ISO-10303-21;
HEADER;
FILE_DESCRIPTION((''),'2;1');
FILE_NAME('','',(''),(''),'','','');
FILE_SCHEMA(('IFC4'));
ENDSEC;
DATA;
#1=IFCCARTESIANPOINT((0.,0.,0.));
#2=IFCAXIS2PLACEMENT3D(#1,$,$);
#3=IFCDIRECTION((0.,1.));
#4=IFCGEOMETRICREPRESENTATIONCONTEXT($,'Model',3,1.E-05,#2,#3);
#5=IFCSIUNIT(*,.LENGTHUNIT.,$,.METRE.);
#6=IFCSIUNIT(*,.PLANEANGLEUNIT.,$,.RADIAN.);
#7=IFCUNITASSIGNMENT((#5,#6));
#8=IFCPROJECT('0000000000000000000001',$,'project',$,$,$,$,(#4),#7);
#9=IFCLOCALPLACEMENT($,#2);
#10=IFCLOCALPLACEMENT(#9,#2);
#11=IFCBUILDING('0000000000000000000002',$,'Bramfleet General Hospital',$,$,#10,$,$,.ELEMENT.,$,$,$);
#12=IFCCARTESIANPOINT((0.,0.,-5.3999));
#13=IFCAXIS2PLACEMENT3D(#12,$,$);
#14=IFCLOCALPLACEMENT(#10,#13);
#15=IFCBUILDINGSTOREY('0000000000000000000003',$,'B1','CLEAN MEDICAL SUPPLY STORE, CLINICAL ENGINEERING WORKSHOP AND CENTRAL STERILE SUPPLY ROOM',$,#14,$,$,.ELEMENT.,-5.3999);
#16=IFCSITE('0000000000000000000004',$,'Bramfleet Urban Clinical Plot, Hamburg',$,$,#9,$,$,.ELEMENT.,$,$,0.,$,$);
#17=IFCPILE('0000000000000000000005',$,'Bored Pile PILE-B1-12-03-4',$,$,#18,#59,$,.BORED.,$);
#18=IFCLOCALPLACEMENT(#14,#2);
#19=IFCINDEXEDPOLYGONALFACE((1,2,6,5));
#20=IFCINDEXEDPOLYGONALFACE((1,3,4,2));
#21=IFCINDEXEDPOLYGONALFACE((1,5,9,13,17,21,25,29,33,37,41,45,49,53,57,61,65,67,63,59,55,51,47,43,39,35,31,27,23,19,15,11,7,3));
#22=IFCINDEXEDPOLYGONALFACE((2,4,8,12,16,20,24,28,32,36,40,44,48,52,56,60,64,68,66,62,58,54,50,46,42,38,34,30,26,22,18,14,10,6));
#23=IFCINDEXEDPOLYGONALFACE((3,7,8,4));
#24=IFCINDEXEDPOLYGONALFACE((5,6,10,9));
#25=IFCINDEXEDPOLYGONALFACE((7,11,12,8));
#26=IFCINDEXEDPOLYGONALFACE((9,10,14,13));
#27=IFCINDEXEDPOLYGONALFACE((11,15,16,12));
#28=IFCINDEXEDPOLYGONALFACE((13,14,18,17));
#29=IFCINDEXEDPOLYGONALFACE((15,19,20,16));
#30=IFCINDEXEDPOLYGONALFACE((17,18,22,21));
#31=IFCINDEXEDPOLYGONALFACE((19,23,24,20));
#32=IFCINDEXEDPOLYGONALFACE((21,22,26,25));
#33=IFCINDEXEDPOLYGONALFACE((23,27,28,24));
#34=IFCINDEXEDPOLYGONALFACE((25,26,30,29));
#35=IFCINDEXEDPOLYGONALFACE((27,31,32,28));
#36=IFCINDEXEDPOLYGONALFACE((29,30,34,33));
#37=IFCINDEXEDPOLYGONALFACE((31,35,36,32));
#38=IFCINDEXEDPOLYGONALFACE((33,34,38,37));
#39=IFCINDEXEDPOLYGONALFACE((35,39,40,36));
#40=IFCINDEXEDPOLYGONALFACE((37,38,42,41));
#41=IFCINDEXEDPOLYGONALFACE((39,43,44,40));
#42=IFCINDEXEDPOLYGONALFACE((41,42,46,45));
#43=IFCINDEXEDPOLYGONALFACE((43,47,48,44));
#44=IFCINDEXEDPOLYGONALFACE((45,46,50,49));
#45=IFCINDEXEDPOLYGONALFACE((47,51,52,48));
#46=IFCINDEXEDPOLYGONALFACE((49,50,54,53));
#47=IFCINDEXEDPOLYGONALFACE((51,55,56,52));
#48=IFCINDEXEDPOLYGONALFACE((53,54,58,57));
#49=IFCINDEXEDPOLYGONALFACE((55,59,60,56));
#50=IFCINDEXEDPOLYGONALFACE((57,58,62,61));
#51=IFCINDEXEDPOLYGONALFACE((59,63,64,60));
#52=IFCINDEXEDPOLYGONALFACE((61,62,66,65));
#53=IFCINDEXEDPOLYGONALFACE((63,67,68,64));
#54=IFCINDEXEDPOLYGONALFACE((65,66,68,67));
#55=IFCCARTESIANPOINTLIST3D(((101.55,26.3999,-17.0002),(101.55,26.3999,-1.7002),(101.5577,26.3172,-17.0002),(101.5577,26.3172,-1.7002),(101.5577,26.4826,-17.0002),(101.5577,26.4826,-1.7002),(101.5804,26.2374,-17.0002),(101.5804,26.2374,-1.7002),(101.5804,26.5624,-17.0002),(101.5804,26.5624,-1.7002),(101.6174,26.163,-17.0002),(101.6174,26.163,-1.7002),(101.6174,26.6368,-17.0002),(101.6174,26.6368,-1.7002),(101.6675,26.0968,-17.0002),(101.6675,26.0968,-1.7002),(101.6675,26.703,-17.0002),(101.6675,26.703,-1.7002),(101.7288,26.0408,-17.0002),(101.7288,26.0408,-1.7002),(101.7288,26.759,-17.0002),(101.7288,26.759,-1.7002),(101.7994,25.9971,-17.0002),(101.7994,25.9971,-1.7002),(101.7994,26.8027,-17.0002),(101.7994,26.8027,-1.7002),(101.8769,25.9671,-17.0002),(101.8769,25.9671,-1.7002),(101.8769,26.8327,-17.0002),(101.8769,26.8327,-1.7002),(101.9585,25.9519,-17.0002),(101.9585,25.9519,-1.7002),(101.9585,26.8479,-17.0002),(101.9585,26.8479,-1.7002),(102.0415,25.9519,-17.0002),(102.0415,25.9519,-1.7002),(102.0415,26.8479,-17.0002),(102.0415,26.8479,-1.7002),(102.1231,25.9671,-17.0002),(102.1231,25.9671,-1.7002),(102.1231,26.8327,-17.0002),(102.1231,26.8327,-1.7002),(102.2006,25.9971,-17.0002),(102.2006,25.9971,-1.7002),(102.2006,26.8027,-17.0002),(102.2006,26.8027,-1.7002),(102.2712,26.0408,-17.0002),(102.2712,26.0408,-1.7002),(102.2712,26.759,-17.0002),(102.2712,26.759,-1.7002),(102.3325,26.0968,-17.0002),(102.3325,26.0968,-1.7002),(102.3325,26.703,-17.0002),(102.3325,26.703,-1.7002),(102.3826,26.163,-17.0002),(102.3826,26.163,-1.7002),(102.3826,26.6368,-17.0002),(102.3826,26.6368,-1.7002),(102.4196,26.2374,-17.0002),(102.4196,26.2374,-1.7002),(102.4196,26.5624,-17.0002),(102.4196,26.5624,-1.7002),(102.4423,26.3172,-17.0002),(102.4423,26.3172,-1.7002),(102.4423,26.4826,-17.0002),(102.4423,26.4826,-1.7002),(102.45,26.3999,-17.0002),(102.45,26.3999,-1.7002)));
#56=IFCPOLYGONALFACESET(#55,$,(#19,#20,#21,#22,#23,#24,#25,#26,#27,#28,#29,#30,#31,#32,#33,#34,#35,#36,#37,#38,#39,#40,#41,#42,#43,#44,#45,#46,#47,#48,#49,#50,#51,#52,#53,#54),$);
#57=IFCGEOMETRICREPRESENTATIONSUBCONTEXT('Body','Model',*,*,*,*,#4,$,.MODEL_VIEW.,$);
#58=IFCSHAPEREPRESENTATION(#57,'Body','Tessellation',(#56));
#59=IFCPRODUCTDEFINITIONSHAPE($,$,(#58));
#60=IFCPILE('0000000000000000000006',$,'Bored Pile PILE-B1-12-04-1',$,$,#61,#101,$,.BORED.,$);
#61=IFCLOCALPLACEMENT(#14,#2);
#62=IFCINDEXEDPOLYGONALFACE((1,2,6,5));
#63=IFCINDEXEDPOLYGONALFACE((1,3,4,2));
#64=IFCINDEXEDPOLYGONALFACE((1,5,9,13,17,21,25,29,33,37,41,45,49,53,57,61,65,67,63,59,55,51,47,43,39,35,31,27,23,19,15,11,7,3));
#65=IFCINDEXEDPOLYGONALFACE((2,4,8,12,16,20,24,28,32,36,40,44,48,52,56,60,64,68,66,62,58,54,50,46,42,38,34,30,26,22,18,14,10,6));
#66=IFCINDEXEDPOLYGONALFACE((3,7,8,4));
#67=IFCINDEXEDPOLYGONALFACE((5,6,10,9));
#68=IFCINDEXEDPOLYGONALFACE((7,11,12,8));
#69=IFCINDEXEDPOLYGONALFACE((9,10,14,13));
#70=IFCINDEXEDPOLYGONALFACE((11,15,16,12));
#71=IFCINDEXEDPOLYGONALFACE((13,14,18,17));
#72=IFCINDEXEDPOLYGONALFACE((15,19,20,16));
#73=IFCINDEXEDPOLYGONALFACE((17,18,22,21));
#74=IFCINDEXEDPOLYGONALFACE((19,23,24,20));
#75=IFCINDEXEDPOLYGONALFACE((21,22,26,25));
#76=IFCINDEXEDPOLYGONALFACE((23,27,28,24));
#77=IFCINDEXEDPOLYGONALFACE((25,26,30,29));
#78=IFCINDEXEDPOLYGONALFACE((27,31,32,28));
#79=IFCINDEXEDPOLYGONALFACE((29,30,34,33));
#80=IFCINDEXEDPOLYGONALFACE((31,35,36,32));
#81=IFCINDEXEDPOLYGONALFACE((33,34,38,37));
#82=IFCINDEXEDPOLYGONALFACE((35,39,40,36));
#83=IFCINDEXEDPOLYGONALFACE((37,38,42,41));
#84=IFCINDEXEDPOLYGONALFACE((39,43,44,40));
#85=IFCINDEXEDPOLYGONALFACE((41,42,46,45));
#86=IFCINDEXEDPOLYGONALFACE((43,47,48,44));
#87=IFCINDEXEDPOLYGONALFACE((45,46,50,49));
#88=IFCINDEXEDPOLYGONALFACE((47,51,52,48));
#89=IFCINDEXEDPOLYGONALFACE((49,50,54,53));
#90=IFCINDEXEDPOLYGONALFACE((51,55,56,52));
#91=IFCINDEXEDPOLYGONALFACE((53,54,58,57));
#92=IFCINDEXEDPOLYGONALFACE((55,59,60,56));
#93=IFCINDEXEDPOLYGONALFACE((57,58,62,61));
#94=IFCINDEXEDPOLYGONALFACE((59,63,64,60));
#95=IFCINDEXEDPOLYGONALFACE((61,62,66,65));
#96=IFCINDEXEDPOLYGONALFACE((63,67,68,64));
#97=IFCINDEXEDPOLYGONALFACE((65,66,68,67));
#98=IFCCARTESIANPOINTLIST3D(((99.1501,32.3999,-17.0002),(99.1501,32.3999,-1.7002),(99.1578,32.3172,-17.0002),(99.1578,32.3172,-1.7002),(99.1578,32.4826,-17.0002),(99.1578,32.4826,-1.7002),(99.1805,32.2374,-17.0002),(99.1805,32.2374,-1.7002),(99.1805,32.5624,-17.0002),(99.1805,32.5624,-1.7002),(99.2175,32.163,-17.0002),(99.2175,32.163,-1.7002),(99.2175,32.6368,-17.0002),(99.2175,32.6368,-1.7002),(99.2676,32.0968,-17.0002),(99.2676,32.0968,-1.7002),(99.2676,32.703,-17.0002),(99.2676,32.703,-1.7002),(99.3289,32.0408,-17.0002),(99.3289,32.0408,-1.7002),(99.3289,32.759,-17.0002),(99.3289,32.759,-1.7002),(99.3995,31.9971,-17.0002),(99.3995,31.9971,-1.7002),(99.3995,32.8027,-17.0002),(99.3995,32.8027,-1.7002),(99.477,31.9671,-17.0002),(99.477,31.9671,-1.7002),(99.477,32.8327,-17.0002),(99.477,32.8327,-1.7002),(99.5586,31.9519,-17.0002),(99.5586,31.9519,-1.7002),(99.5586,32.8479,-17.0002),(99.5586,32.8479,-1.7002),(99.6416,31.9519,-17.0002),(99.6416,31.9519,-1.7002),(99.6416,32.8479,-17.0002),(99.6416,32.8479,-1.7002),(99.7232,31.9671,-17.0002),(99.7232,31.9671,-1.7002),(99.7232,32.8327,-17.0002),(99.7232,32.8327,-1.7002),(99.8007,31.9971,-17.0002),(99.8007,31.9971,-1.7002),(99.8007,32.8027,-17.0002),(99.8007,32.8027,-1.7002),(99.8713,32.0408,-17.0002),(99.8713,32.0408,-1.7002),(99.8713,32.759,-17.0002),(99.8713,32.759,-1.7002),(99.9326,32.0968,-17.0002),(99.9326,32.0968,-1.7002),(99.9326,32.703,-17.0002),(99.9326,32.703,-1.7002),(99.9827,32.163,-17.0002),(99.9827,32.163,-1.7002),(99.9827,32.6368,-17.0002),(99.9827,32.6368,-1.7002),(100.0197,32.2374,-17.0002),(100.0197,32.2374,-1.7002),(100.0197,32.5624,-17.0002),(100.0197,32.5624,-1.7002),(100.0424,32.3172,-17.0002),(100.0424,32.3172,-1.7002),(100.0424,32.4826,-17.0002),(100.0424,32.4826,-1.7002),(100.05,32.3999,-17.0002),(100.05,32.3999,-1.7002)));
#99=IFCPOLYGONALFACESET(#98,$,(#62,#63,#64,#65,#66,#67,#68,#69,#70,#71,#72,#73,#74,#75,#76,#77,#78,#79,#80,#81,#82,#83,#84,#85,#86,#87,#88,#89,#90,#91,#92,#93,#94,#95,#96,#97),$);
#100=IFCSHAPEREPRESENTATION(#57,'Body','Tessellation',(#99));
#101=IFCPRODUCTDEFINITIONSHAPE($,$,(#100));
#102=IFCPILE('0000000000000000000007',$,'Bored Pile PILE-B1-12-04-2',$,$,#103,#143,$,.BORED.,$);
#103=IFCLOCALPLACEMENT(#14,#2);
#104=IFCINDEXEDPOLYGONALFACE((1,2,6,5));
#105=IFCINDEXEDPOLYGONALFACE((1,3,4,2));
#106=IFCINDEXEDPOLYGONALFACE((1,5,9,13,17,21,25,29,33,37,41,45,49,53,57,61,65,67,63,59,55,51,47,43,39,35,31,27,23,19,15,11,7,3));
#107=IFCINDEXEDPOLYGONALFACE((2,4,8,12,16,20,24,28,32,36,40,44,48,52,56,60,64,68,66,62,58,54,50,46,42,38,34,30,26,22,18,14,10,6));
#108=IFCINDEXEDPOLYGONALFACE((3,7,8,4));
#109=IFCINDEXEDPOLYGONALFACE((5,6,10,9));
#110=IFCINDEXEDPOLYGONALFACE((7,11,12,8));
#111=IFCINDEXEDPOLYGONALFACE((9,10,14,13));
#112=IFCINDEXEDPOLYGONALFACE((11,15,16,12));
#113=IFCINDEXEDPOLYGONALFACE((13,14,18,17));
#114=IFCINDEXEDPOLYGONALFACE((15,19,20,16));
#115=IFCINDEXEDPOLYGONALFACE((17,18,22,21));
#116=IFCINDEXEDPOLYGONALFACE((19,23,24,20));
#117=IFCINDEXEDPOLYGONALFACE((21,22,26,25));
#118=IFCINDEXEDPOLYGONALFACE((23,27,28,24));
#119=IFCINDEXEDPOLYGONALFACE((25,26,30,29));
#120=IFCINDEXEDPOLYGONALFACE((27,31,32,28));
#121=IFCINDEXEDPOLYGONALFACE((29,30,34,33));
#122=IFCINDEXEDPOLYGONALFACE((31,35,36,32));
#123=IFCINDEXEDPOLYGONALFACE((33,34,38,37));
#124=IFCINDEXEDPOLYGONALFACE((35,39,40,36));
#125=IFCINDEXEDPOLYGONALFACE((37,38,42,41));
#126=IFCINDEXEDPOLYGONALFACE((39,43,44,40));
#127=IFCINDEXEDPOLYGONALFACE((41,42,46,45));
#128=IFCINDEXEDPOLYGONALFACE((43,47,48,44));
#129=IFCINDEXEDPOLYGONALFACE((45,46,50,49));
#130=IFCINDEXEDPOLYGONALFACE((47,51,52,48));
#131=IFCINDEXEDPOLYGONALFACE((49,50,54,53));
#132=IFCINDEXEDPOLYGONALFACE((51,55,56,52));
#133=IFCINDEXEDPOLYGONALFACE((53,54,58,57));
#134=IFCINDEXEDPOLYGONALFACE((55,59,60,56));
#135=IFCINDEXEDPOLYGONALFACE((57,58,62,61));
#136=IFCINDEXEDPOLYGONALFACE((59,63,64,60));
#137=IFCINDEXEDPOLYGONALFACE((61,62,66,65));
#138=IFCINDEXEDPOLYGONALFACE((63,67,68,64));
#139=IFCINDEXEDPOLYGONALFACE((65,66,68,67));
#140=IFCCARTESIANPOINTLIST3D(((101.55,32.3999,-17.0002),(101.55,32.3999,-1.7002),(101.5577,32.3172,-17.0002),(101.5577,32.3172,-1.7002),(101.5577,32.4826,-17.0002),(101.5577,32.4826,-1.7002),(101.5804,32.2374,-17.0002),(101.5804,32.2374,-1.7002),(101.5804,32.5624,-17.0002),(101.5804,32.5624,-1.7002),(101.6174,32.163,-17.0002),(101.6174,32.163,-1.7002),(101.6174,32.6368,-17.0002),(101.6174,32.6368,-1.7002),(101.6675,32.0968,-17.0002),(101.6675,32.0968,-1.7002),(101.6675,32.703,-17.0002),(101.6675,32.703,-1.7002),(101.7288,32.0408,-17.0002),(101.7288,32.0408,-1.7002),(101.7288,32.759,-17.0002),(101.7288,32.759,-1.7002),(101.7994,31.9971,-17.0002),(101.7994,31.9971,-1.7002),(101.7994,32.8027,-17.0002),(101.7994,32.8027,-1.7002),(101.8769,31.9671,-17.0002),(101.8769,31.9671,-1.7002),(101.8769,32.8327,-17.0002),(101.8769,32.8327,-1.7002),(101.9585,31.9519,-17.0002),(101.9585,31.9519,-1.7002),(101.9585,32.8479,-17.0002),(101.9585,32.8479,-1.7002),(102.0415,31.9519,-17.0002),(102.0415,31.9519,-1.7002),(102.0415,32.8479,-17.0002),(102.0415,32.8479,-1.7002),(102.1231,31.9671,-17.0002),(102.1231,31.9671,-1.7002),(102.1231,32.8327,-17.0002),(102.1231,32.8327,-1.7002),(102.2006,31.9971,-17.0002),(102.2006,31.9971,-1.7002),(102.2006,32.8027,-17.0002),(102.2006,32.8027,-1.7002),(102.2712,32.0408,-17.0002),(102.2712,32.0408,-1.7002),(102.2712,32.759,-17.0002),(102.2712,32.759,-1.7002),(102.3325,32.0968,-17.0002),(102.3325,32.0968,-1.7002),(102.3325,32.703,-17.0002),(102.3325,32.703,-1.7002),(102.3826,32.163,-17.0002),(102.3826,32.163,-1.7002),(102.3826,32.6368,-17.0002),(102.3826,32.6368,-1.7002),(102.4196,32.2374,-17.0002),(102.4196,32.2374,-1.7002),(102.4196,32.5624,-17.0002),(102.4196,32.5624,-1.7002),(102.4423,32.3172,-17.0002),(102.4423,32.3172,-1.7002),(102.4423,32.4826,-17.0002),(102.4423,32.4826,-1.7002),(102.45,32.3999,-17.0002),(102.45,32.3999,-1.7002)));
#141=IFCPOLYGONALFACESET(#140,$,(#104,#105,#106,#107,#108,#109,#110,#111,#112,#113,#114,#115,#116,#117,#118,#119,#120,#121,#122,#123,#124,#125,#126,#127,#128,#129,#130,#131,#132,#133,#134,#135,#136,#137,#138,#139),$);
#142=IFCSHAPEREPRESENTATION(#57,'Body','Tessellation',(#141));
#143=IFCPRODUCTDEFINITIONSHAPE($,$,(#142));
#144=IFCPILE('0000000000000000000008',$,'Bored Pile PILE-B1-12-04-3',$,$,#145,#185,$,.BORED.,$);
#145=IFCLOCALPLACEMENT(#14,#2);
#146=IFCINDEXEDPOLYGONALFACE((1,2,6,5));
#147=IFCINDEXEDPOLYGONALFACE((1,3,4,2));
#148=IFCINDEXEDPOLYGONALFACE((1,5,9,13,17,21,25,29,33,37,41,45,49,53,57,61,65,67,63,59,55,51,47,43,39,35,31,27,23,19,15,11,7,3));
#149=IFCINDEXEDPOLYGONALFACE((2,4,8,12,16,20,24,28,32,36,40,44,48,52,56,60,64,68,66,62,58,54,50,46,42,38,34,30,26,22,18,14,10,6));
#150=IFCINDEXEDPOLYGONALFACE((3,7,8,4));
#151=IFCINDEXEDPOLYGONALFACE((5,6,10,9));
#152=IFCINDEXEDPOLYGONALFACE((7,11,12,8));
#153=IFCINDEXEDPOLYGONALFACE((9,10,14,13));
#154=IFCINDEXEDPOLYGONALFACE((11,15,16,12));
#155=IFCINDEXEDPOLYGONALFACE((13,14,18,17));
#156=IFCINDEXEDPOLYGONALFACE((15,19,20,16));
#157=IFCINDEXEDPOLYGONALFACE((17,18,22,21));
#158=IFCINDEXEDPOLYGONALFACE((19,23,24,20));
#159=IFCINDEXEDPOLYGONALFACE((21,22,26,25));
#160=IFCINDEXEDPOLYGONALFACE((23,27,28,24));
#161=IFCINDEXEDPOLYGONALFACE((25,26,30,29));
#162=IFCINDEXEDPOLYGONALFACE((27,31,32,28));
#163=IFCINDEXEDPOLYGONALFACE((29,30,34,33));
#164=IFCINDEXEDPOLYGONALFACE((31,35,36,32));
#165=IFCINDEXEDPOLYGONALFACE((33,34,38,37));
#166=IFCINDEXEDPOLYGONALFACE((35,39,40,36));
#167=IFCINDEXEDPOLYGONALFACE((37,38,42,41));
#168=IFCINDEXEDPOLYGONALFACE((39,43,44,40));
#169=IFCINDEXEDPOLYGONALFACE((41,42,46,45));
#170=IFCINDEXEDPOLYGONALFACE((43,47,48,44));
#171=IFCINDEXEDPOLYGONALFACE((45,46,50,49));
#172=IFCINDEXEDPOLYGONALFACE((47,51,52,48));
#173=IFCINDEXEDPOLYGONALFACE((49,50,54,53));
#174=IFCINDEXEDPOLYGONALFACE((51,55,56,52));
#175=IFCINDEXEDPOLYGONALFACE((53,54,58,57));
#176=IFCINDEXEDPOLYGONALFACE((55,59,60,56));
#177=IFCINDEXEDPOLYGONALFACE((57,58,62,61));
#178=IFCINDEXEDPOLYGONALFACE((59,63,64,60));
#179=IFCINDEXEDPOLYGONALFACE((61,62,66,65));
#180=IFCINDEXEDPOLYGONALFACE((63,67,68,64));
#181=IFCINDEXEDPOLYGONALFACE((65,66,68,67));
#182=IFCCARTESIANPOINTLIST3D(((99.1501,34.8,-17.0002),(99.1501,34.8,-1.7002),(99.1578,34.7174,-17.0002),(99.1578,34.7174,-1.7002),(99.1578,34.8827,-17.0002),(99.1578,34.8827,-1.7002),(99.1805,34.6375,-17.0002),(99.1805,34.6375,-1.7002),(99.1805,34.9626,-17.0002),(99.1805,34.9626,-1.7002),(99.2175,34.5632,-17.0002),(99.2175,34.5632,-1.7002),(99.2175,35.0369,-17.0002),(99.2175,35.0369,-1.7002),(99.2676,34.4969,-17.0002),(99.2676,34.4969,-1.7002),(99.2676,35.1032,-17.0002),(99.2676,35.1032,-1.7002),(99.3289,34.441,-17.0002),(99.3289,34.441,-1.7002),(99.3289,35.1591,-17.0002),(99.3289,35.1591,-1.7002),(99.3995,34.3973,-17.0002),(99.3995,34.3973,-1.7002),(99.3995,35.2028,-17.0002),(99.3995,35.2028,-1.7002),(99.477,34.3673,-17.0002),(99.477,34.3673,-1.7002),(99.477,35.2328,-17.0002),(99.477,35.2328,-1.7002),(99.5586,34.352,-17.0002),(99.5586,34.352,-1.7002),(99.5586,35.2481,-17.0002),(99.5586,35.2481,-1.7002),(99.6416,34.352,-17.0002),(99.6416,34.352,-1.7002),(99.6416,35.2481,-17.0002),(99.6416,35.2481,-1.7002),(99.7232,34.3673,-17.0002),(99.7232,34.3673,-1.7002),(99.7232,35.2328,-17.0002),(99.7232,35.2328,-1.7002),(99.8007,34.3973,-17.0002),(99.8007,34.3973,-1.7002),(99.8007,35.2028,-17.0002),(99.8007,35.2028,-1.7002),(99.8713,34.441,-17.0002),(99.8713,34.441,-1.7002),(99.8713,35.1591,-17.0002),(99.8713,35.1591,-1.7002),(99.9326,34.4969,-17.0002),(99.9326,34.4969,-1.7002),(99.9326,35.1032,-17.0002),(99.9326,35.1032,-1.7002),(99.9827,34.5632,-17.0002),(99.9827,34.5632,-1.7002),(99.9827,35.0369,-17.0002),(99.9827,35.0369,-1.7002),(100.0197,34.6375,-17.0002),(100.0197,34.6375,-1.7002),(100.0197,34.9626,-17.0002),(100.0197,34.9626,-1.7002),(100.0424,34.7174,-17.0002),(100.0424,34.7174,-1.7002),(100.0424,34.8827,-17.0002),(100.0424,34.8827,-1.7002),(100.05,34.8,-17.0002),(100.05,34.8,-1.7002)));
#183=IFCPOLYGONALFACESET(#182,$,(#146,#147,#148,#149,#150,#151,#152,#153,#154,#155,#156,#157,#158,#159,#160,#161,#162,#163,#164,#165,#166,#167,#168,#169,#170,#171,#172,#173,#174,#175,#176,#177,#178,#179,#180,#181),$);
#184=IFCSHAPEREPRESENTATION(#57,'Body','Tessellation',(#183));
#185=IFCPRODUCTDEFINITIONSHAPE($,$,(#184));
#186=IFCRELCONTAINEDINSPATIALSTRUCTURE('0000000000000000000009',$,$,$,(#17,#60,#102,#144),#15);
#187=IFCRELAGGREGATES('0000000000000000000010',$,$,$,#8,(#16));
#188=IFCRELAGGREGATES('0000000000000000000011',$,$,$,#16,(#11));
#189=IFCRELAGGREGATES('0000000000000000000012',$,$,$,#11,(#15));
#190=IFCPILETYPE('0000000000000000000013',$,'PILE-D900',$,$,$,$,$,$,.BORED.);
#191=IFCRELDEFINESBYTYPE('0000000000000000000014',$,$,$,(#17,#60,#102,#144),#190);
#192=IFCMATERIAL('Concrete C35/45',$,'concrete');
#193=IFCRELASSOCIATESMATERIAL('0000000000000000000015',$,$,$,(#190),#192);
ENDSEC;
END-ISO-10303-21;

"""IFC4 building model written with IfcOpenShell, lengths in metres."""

from ifc_helpers import new_model, si_unit, direction, frame, origin, origin_2d, place, context, subcontext, project, spatial, circle, extrude, material, material_profile, profile_set, type_object, element, save


model = new_model("IFC4")

# Units and contexts
model_context = context("Model", 3, precision=1e-05, world=origin(), true_north=direction((0.0, 1.0)))
body_context = subcontext(model_context, "Body", "Model", "MODEL_VIEW")
ifc_project = project(units=[si_unit("LENGTHUNIT", "METRE"), si_unit("PLANEANGLEUNIT", "RADIAN")], contexts=[model_context])

# Site, building, storey
site_placement = place(None, origin())
site = spatial("IfcSite", under=ifc_project, at=site_placement, Name="Bramfleet Urban Clinical Plot, Hamburg", CompositionType="ELEMENT", RefElevation=0.0)
building_placement = place(site_placement, origin())
building = spatial("IfcBuilding", under=site, at=building_placement, Name="Bramfleet General Hospital", CompositionType="ELEMENT")
storey_placement = place(building_placement, frame((0.0, 0.0, -5.3999)))
storey = spatial("IfcBuildingStorey", under=building, at=storey_placement, Name="B1", Description="CLEAN MEDICAL SUPPLY STORE, CLINICAL ENGINEERING WORKSHOP AND CENTRAL STERILE SUPPLY ROOM", CompositionType="ELEMENT", Elevation=-5.3999)

# Shared definitions
ifc_material_1 = material(Name="Concrete C35/45", Category="concrete")

# Piles
ifc_material_profile_1 = material_profile(ifc_material_1, circle(Radius=0.45, at=origin_2d()), Name="PILE BORED D900")
ifc_profile_set_1 = profile_set([ifc_material_profile_1], Name="Concrete C35/45")
pile_type = type_object("IfcPileType", Name="PILE-D900", PredefinedType="BORED", material=ifc_profile_set_1)
for number, where, z_axis, x_axis, name in (
    (1, (102.0, 26.3999, -1.7002), (0.0, 0.0, -1.0), (1.0, 0.0, 0.0), "Bored Pile PILE-B1-12-03-4"),
    (2, (99.6001, 32.3999, -1.7002), (0.0, 0.0, -1.0), (1.0, 0.0, 0.0), "Bored Pile PILE-B1-12-04-1"),
    (3, (102.0, 32.3999, -1.7002), (0.0, 0.0, -1.0), (1.0, 0.0, 0.0), "Bored Pile PILE-B1-12-04-2"),
    (4, (99.6001, 34.8, -1.7002), (0.0, 0.0, -1.0), (1.0, 0.0, 0.0), "Bored Pile PILE-B1-12-04-3"),
):
    element("IfcPile", number, at=place(storey_placement, frame(where, z_axis=z_axis, x_axis=x_axis)), inside=storey, type_object=pile_type, Name=name, PredefinedType="BORED", context=body_context, shape_type="SweptSolid", body=[
        extrude(circle(Radius=0.45, at=origin_2d()), origin(), (0.0, 0.0, 1.0), 15.3),
    ])

save(model, "model.ifc")
